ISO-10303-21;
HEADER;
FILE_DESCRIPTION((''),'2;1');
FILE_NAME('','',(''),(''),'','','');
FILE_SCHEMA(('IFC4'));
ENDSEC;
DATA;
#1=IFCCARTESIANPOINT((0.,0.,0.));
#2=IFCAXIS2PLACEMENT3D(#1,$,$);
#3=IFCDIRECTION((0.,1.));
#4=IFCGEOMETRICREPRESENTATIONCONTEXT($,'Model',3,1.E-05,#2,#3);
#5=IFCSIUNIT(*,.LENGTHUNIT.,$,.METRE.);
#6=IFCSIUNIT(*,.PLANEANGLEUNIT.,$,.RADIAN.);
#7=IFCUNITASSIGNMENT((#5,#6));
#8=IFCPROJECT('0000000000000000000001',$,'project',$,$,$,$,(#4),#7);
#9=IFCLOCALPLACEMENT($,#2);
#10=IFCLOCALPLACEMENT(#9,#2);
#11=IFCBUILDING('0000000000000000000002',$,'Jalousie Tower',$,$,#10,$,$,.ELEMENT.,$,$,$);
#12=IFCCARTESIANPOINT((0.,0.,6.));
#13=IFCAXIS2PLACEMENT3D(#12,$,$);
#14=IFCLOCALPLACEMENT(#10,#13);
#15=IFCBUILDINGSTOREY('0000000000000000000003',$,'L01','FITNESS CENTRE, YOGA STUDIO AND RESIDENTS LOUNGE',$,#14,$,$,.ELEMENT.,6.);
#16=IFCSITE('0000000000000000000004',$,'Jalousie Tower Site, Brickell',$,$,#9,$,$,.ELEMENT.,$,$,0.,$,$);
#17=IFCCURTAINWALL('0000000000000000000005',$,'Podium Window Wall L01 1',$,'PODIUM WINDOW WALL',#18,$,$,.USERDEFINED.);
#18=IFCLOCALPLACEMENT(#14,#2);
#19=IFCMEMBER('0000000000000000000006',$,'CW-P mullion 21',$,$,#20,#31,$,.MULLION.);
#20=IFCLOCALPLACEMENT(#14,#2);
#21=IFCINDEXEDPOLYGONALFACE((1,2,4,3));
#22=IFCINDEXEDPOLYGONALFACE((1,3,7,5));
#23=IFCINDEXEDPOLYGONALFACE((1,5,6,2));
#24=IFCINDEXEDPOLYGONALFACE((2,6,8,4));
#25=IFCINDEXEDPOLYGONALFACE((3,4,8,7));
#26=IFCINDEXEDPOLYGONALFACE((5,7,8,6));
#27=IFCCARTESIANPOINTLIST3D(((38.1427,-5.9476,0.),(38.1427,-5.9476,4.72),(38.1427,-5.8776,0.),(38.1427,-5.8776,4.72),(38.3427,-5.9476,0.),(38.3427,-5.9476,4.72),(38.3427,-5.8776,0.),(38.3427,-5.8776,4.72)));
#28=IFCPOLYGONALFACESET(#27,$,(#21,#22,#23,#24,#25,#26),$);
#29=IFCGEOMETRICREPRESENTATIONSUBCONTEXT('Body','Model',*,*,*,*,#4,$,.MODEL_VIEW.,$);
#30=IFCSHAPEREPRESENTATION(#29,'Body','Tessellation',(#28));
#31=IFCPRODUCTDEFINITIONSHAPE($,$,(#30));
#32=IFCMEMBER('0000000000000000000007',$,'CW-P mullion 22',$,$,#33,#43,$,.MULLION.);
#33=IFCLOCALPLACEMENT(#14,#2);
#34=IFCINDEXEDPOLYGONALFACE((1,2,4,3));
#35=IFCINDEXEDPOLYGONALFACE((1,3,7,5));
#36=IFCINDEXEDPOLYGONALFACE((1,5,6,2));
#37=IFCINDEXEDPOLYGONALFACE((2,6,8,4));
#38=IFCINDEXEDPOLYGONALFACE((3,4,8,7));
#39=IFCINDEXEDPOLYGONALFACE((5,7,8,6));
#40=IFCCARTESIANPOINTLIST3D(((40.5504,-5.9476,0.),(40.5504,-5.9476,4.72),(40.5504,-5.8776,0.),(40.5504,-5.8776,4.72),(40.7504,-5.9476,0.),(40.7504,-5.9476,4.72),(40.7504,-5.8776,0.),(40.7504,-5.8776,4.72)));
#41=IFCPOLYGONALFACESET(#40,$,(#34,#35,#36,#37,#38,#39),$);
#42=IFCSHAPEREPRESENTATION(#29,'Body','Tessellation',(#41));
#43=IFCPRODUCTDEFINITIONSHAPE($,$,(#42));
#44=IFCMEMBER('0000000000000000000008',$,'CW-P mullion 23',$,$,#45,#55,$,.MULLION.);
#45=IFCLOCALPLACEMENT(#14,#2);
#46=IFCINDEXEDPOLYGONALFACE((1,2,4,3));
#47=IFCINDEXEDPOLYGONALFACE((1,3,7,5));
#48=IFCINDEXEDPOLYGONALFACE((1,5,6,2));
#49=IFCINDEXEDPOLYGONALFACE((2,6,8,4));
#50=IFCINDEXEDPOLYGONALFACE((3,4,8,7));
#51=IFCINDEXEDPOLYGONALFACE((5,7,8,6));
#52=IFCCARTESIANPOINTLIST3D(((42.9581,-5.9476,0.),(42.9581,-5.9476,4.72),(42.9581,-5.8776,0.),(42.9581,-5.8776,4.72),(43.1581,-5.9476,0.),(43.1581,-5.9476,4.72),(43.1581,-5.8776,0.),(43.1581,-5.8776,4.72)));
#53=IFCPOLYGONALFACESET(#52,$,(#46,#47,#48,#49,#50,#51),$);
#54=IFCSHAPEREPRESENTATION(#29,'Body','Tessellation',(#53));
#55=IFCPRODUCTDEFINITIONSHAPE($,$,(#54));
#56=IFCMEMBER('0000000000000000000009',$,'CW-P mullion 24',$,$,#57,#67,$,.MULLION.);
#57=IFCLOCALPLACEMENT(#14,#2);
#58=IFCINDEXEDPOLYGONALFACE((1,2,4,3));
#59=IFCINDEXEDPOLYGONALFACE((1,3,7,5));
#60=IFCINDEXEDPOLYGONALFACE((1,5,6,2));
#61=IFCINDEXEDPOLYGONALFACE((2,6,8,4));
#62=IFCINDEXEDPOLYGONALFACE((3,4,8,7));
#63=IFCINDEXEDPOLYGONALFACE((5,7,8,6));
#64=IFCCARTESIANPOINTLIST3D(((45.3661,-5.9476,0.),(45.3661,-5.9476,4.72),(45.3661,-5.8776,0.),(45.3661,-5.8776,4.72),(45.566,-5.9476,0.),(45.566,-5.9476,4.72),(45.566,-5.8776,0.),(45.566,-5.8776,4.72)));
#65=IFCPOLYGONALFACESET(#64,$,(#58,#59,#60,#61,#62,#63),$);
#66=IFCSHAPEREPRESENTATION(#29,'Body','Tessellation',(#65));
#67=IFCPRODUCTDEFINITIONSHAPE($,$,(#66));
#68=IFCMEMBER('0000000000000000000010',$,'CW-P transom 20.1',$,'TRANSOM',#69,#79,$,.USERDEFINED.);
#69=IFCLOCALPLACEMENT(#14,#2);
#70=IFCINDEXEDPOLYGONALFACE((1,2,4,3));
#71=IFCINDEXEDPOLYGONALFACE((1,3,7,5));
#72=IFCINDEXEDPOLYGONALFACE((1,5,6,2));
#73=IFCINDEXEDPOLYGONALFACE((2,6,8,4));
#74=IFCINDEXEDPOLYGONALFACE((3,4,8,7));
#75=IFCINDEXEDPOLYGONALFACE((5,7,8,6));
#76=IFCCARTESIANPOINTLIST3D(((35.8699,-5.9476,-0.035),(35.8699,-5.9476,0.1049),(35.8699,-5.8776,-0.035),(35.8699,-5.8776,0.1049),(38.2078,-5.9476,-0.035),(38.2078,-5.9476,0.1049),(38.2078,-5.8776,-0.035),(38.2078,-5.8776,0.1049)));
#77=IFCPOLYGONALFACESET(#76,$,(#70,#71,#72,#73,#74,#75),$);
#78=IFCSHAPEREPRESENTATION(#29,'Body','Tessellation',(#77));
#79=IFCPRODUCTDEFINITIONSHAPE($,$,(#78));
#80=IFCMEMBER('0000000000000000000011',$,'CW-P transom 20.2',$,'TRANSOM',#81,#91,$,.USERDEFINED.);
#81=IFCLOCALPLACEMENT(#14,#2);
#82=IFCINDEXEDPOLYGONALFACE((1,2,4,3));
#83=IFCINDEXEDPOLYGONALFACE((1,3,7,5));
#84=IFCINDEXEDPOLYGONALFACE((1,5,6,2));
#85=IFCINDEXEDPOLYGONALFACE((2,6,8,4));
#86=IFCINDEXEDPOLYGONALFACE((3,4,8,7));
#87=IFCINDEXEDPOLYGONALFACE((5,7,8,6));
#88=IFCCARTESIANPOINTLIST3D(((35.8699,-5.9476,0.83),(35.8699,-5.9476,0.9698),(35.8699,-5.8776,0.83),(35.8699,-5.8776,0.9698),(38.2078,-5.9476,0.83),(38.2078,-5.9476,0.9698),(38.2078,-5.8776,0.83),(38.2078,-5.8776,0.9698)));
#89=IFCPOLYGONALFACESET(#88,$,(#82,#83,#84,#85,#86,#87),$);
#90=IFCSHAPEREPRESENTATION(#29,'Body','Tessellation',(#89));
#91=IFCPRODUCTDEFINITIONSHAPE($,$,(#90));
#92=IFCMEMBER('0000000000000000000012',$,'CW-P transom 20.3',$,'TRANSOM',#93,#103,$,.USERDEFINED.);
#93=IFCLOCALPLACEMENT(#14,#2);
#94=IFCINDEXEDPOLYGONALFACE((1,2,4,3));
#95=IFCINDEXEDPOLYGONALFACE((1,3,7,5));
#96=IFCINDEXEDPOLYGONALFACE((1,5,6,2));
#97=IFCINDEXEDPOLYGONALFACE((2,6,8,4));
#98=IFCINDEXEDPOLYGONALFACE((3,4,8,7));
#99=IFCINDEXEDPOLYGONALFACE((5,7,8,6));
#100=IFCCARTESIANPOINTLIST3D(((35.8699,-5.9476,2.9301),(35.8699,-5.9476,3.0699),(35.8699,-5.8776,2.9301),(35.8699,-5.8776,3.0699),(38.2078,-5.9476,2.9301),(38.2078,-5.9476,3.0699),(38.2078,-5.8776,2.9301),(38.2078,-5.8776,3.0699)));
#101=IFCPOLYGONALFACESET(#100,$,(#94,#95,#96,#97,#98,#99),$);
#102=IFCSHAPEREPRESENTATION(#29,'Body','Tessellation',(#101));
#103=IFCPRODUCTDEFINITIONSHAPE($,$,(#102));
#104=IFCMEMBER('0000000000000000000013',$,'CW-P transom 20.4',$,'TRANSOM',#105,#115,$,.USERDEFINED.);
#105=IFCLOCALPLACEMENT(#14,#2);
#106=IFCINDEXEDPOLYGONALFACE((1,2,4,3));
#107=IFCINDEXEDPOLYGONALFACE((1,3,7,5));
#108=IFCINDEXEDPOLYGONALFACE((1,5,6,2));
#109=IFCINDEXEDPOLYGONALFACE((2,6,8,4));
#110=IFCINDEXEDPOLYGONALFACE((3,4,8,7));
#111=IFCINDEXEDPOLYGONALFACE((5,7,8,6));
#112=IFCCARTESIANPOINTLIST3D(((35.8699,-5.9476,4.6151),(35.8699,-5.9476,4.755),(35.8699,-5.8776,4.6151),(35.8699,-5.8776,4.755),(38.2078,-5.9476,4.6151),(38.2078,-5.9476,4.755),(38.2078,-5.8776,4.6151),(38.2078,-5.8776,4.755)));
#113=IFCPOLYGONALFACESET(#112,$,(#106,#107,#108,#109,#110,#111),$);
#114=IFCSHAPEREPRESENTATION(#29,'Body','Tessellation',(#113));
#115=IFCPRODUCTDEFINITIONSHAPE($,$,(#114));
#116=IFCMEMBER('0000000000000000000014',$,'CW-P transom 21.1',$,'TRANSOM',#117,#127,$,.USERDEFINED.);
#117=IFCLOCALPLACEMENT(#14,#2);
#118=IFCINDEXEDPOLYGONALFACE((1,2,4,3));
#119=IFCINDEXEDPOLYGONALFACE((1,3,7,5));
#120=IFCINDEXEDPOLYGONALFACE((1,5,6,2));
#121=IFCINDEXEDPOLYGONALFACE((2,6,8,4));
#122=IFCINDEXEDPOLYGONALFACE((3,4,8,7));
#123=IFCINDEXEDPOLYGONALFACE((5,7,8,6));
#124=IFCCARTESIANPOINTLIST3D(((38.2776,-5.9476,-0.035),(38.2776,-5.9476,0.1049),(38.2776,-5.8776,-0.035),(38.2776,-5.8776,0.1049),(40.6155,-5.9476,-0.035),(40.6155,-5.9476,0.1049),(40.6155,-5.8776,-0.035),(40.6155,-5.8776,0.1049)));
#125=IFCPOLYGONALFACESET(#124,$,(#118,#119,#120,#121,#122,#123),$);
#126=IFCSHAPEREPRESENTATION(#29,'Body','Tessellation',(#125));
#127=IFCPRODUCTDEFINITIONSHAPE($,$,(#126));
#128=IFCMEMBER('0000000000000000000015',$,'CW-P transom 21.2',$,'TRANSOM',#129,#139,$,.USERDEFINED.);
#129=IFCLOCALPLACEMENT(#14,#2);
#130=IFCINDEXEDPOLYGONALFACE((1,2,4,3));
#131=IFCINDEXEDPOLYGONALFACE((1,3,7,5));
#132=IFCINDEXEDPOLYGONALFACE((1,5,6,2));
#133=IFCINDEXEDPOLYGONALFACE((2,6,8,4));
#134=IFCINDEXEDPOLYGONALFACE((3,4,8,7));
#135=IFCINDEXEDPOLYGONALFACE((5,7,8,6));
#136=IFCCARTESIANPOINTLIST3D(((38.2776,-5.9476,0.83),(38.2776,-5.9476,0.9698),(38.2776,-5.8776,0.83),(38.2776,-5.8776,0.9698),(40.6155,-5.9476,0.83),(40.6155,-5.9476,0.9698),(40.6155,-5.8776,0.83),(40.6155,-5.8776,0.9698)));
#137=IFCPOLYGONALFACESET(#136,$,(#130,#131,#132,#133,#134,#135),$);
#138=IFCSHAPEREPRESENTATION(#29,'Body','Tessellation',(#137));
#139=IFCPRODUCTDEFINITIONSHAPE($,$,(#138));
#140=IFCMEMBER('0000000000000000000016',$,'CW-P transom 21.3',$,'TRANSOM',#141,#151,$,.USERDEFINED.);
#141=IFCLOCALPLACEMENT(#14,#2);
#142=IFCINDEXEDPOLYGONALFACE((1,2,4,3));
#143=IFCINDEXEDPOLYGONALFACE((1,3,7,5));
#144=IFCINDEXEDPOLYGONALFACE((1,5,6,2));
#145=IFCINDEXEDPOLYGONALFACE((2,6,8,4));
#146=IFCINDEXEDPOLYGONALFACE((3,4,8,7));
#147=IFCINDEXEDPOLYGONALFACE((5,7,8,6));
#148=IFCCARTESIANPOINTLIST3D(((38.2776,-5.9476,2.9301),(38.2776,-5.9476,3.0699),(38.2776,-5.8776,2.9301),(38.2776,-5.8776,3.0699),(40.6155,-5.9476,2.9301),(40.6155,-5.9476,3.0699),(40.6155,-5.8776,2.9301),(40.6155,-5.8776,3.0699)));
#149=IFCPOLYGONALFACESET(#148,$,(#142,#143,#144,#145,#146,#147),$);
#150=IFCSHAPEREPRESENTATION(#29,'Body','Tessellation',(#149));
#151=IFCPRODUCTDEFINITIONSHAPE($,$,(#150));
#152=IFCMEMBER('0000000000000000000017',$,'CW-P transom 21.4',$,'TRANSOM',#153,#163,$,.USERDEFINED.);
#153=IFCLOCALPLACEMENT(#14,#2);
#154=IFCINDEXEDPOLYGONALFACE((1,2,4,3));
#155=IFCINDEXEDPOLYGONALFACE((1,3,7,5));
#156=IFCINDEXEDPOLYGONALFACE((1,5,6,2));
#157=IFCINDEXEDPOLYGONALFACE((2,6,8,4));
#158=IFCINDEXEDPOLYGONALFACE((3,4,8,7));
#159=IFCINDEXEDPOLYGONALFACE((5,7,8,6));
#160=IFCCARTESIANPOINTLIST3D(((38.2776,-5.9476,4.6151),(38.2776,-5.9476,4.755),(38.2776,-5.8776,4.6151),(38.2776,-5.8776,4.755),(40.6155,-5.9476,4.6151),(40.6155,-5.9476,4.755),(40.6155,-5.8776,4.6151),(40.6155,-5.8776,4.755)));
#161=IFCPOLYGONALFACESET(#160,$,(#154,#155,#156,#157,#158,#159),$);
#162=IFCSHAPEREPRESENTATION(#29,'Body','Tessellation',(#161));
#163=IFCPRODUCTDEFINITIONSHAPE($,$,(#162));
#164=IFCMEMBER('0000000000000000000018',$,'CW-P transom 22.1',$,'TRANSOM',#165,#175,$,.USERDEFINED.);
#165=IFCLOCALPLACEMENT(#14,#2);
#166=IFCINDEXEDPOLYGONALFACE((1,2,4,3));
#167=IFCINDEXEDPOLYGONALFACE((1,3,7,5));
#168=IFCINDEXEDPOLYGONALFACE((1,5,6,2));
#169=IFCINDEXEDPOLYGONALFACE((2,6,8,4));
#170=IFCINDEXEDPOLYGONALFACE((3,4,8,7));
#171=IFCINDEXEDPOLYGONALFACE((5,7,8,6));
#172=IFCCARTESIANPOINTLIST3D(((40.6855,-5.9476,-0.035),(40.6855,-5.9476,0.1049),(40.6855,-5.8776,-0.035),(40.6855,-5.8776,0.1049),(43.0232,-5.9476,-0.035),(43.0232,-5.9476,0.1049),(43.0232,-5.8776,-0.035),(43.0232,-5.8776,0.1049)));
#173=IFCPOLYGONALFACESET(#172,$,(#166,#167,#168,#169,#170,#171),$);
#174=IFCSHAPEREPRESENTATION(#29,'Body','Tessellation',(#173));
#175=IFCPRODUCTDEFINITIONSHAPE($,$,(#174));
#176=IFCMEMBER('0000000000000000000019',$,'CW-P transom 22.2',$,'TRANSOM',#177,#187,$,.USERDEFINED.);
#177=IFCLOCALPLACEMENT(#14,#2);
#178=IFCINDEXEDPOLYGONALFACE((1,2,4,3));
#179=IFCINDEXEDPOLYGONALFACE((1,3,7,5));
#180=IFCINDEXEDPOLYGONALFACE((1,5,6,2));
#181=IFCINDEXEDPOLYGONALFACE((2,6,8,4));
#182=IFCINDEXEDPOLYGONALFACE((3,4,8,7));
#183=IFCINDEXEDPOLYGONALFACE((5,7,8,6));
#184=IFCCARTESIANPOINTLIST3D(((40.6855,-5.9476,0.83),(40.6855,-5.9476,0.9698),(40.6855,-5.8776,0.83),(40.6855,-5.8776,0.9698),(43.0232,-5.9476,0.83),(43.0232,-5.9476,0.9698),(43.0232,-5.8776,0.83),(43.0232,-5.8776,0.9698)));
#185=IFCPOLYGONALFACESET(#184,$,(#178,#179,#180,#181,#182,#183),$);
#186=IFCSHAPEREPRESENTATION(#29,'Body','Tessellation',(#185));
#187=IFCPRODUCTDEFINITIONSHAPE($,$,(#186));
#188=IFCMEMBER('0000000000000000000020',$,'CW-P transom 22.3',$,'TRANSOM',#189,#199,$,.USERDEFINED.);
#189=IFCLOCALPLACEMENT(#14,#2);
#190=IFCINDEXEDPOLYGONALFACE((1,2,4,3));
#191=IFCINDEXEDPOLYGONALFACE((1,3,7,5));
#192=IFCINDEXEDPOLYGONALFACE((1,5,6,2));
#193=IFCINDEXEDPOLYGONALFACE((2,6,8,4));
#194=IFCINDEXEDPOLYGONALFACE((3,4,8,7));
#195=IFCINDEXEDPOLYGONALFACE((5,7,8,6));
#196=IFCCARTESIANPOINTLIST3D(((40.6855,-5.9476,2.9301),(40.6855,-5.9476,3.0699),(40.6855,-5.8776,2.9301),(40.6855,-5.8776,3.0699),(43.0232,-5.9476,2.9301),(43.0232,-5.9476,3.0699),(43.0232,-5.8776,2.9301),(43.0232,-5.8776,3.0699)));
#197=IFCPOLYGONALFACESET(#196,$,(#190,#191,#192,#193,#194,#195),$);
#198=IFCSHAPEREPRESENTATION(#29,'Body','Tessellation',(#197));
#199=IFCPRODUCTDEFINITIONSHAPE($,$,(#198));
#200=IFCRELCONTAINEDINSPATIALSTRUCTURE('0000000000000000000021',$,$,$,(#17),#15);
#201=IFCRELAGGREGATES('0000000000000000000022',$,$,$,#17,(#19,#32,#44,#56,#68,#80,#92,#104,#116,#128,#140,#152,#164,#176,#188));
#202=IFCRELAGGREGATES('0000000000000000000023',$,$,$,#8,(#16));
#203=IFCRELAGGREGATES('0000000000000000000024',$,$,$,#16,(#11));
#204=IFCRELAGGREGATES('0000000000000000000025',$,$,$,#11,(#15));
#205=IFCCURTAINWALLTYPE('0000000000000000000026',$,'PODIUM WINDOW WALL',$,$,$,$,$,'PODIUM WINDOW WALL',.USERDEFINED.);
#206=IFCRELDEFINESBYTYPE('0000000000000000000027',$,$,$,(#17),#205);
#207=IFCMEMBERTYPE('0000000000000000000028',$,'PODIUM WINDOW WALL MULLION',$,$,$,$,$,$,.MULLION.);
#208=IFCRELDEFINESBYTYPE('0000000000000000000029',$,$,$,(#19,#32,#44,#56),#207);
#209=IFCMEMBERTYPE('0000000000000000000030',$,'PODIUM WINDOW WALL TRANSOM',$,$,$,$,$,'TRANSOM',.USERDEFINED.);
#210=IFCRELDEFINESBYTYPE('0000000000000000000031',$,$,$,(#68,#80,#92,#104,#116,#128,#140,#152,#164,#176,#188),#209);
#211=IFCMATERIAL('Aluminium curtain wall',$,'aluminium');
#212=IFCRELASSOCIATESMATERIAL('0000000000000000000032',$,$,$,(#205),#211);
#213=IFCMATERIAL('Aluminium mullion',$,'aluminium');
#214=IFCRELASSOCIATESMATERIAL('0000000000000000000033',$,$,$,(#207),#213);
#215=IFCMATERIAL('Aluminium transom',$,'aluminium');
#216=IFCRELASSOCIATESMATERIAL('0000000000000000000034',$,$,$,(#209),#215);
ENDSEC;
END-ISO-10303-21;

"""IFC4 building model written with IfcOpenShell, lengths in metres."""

from ifc_helpers import new_model, si_unit, direction, frame, origin, origin_2d, place, context, subcontext, project, spatial, rectangle, extrude, material, material_profile, profile_set, type_object, element, aggregate, save


model = new_model("IFC4")

# Units and contexts
model_context = context("Model", 3, precision=1e-05, world=origin(), true_north=direction((0.0, 1.0)))
body_context = subcontext(model_context, "Body", "Model", "MODEL_VIEW")
ifc_project = project(units=[si_unit("LENGTHUNIT", "METRE"), si_unit("PLANEANGLEUNIT", "RADIAN")], contexts=[model_context])

# Site, building, storey
site_placement = place(None, origin())
site = spatial("IfcSite", under=ifc_project, at=site_placement, Name="Jalousie Tower Site, Brickell", CompositionType="ELEMENT", RefElevation=0.0)
building_placement = place(site_placement, origin())
building = spatial("IfcBuilding", under=site, at=building_placement, Name="Jalousie Tower", CompositionType="ELEMENT")
storey_placement = place(building_placement, frame((0.0, 0.0, 6.0)))
storey = spatial("IfcBuildingStorey", under=building, at=storey_placement, Name="L01", Description="FITNESS CENTRE, YOGA STUDIO AND RESIDENTS LOUNGE", CompositionType="ELEMENT", Elevation=6.0)

# Curtain wall, members
ifc_material_1 = material(Name="Aluminium curtain wall", Category="aluminium")
curtain_wall_type = type_object("IfcCurtainWallType", Name="PODIUM WINDOW WALL", ElementType="PODIUM WINDOW WALL", PredefinedType="USERDEFINED", material=ifc_material_1)
curtain_wall_placement = place(storey_placement, origin())
curtain_wall = element("IfcCurtainWall", 1, at=curtain_wall_placement, inside=storey, type_object=curtain_wall_type, Name="Podium Window Wall L01 1", ObjectType="PODIUM WINDOW WALL", PredefinedType="USERDEFINED")
ifc_material_2 = material(Name="Aluminium mullion", Category="aluminium")
ifc_material_profile_1 = material_profile(ifc_material_2, rectangle(XDim=0.0701, YDim=0.2, at=origin_2d()), Name="MULLION 70x200")
ifc_profile_set_1 = profile_set([ifc_material_profile_1], Name="Aluminium mullion")
member_type_1 = type_object("IfcMemberType", Name="PODIUM WINDOW WALL MULLION", PredefinedType="MULLION", material=ifc_profile_set_1)
member_1_placement = place(storey_placement, frame((38.2427, -5.9126, 0.0), z_axis=(0.0, 0.0, 1.0), x_axis=(0.0, 1.0, 0.0)))
member_1 = element("IfcMember", 2, at=member_1_placement, type_object=member_type_1, Name="CW-P mullion 21", PredefinedType="MULLION", context=body_context, shape_type="SweptSolid", body=[
    extrude(rectangle(XDim=0.0701, YDim=0.2, at=origin_2d()), origin(), (0.0, 0.0, 1.0), 4.72),
])
member_2_placement = place(storey_placement, frame((40.6504, -5.9126, 0.0), z_axis=(0.0, 0.0, 1.0), x_axis=(0.0, 1.0, 0.0)))
member_2 = element("IfcMember", 3, at=member_2_placement, type_object=member_type_1, Name="CW-P mullion 22", PredefinedType="MULLION", context=body_context, shape_type="SweptSolid", body=[
    extrude(rectangle(XDim=0.0701, YDim=0.2, at=origin_2d()), origin(), (0.0, 0.0, 1.0), 4.72),
])
member_3_placement = place(storey_placement, frame((43.0581, -5.9126, 0.0), z_axis=(0.0, 0.0, 1.0), x_axis=(0.0, 1.0, 0.0)))
member_3 = element("IfcMember", 4, at=member_3_placement, type_object=member_type_1, Name="CW-P mullion 23", PredefinedType="MULLION", context=body_context, shape_type="SweptSolid", body=[
    extrude(rectangle(XDim=0.0701, YDim=0.2, at=origin_2d()), origin(), (0.0, 0.0, 1.0), 4.72),
])
member_4_placement = place(storey_placement, frame((45.4661, -5.9126, 0.0), z_axis=(0.0, 0.0, 1.0), x_axis=(0.0, 1.0, 0.0)))
member_4 = element("IfcMember", 5, at=member_4_placement, type_object=member_type_1, Name="CW-P mullion 24", PredefinedType="MULLION", context=body_context, shape_type="SweptSolid", body=[
    extrude(rectangle(XDim=0.0701, YDim=0.2, at=origin_2d()), origin(), (0.0, 0.0, 1.0), 4.72),
])
ifc_material_3 = material(Name="Aluminium transom", Category="aluminium")
ifc_material_profile_2 = material_profile(ifc_material_3, rectangle(XDim=0.0701, YDim=0.1399, at=origin_2d()), Name="TRANSOM 70x140")
ifc_profile_set_2 = profile_set([ifc_material_profile_2], Name="Aluminium transom")
member_type_2 = type_object("IfcMemberType", Name="PODIUM WINDOW WALL TRANSOM", ElementType="TRANSOM", PredefinedType="USERDEFINED", material=ifc_profile_set_2)
member_5_placement = place(storey_placement, frame((35.8699, -5.9126, 0.0349), z_axis=(1.0, 0.0, 0.0), x_axis=(0.0, 1.0, 0.0)))
member_5 = element("IfcMember", 6, at=member_5_placement, type_object=member_type_2, Name="CW-P transom 20.1", ObjectType="TRANSOM", PredefinedType="USERDEFINED", context=body_context, shape_type="SweptSolid", body=[
    extrude(rectangle(XDim=0.0701, YDim=0.1399, at=origin_2d()), origin(), (0.0, 0.0, 1.0), 2.3379),
])
member_6_placement = place(storey_placement, frame((35.8699, -5.9126, 0.8999), z_axis=(1.0, 0.0, 0.0), x_axis=(0.0, 1.0, 0.0)))
member_6 = element("IfcMember", 7, at=member_6_placement, type_object=member_type_2, Name="CW-P transom 20.2", ObjectType="TRANSOM", PredefinedType="USERDEFINED", context=body_context, shape_type="SweptSolid", body=[
    extrude(rectangle(XDim=0.0701, YDim=0.1399, at=origin_2d()), origin(), (0.0, 0.0, 1.0), 2.3379),
])
member_7_placement = place(storey_placement, frame((35.8699, -5.9126, 3.0), z_axis=(1.0, 0.0, 0.0), x_axis=(0.0, 1.0, 0.0)))
member_7 = element("IfcMember", 8, at=member_7_placement, type_object=member_type_2, Name="CW-P transom 20.3", ObjectType="TRANSOM", PredefinedType="USERDEFINED", context=body_context, shape_type="SweptSolid", body=[
    extrude(rectangle(XDim=0.0701, YDim=0.1399, at=origin_2d()), origin(), (0.0, 0.0, 1.0), 2.3379),
])
member_8_placement = place(storey_placement, frame((35.8699, -5.9126, 4.6851), z_axis=(1.0, 0.0, 0.0), x_axis=(0.0, 1.0, 0.0)))
member_8 = element("IfcMember", 9, at=member_8_placement, type_object=member_type_2, Name="CW-P transom 20.4", ObjectType="TRANSOM", PredefinedType="USERDEFINED", context=body_context, shape_type="SweptSolid", body=[
    extrude(rectangle(XDim=0.0701, YDim=0.1399, at=origin_2d()), origin(), (0.0, 0.0, 1.0), 2.3379),
])
member_9_placement = place(storey_placement, frame((38.2776, -5.9126, 0.0349), z_axis=(1.0, 0.0, 0.0), x_axis=(0.0, 1.0, 0.0)))
member_9 = element("IfcMember", 10, at=member_9_placement, type_object=member_type_2, Name="CW-P transom 21.1", ObjectType="TRANSOM", PredefinedType="USERDEFINED", context=body_context, shape_type="SweptSolid", body=[
    extrude(rectangle(XDim=0.0701, YDim=0.1399, at=origin_2d()), origin(), (0.0, 0.0, 1.0), 2.3379),
])
member_10_placement = place(storey_placement, frame((38.2776, -5.9126, 0.8999), z_axis=(1.0, 0.0, 0.0), x_axis=(0.0, 1.0, 0.0)))
member_10 = element("IfcMember", 11, at=member_10_placement, type_object=member_type_2, Name="CW-P transom 21.2", ObjectType="TRANSOM", PredefinedType="USERDEFINED", context=body_context, shape_type="SweptSolid", body=[
    extrude(rectangle(XDim=0.0701, YDim=0.1399, at=origin_2d()), origin(), (0.0, 0.0, 1.0), 2.3379),
])
member_11_placement = place(storey_placement, frame((38.2776, -5.9126, 3.0), z_axis=(1.0, 0.0, 0.0), x_axis=(0.0, 1.0, 0.0)))
member_11 = element("IfcMember", 12, at=member_11_placement, type_object=member_type_2, Name="CW-P transom 21.3", ObjectType="TRANSOM", PredefinedType="USERDEFINED", context=body_context, shape_type="SweptSolid", body=[
    extrude(rectangle(XDim=0.0701, YDim=0.1399, at=origin_2d()), origin(), (0.0, 0.0, 1.0), 2.3379),
])
member_12_placement = place(storey_placement, frame((38.2776, -5.9126, 4.6851), z_axis=(1.0, 0.0, 0.0), x_axis=(0.0, 1.0, 0.0)))
member_12 = element("IfcMember", 13, at=member_12_placement, type_object=member_type_2, Name="CW-P transom 21.4", ObjectType="TRANSOM", PredefinedType="USERDEFINED", context=body_context, shape_type="SweptSolid", body=[
    extrude(rectangle(XDim=0.0701, YDim=0.1399, at=origin_2d()), origin(), (0.0, 0.0, 1.0), 2.3379),
])
member_13_placement = place(storey_placement, frame((40.6855, -5.9126, 0.0349), z_axis=(1.0, 0.0, 0.0), x_axis=(0.0, 1.0, 0.0)))
member_13 = element("IfcMember", 14, at=member_13_placement, type_object=member_type_2, Name="CW-P transom 22.1", ObjectType="TRANSOM", PredefinedType="USERDEFINED", context=body_context, shape_type="SweptSolid", body=[
    extrude(rectangle(XDim=0.0701, YDim=0.1399, at=origin_2d()), origin(), (0.0, 0.0, 1.0), 2.3376),
])
member_14_placement = place(storey_placement, frame((40.6855, -5.9126, 0.8999), z_axis=(1.0, 0.0, 0.0), x_axis=(0.0, 1.0, 0.0)))
member_14 = element("IfcMember", 15, at=member_14_placement, type_object=member_type_2, Name="CW-P transom 22.2", ObjectType="TRANSOM", PredefinedType="USERDEFINED", context=body_context, shape_type="SweptSolid", body=[
    extrude(rectangle(XDim=0.0701, YDim=0.1399, at=origin_2d()), origin(), (0.0, 0.0, 1.0), 2.3376),
])
member_15_placement = place(storey_placement, frame((40.6855, -5.9126, 3.0), z_axis=(1.0, 0.0, 0.0), x_axis=(0.0, 1.0, 0.0)))
member_15 = element("IfcMember", 16, at=member_15_placement, type_object=member_type_2, Name="CW-P transom 22.3", ObjectType="TRANSOM", PredefinedType="USERDEFINED", context=body_context, shape_type="SweptSolid", body=[
    extrude(rectangle(XDim=0.0701, YDim=0.1399, at=origin_2d()), origin(), (0.0, 0.0, 1.0), 2.3376),
])
aggregate(curtain_wall, [member_1, member_2, member_3, member_4, member_5, member_6, member_7, member_8, member_9, member_10, member_11, member_12, member_13, member_14, member_15])

save(model, "model.ifc")
